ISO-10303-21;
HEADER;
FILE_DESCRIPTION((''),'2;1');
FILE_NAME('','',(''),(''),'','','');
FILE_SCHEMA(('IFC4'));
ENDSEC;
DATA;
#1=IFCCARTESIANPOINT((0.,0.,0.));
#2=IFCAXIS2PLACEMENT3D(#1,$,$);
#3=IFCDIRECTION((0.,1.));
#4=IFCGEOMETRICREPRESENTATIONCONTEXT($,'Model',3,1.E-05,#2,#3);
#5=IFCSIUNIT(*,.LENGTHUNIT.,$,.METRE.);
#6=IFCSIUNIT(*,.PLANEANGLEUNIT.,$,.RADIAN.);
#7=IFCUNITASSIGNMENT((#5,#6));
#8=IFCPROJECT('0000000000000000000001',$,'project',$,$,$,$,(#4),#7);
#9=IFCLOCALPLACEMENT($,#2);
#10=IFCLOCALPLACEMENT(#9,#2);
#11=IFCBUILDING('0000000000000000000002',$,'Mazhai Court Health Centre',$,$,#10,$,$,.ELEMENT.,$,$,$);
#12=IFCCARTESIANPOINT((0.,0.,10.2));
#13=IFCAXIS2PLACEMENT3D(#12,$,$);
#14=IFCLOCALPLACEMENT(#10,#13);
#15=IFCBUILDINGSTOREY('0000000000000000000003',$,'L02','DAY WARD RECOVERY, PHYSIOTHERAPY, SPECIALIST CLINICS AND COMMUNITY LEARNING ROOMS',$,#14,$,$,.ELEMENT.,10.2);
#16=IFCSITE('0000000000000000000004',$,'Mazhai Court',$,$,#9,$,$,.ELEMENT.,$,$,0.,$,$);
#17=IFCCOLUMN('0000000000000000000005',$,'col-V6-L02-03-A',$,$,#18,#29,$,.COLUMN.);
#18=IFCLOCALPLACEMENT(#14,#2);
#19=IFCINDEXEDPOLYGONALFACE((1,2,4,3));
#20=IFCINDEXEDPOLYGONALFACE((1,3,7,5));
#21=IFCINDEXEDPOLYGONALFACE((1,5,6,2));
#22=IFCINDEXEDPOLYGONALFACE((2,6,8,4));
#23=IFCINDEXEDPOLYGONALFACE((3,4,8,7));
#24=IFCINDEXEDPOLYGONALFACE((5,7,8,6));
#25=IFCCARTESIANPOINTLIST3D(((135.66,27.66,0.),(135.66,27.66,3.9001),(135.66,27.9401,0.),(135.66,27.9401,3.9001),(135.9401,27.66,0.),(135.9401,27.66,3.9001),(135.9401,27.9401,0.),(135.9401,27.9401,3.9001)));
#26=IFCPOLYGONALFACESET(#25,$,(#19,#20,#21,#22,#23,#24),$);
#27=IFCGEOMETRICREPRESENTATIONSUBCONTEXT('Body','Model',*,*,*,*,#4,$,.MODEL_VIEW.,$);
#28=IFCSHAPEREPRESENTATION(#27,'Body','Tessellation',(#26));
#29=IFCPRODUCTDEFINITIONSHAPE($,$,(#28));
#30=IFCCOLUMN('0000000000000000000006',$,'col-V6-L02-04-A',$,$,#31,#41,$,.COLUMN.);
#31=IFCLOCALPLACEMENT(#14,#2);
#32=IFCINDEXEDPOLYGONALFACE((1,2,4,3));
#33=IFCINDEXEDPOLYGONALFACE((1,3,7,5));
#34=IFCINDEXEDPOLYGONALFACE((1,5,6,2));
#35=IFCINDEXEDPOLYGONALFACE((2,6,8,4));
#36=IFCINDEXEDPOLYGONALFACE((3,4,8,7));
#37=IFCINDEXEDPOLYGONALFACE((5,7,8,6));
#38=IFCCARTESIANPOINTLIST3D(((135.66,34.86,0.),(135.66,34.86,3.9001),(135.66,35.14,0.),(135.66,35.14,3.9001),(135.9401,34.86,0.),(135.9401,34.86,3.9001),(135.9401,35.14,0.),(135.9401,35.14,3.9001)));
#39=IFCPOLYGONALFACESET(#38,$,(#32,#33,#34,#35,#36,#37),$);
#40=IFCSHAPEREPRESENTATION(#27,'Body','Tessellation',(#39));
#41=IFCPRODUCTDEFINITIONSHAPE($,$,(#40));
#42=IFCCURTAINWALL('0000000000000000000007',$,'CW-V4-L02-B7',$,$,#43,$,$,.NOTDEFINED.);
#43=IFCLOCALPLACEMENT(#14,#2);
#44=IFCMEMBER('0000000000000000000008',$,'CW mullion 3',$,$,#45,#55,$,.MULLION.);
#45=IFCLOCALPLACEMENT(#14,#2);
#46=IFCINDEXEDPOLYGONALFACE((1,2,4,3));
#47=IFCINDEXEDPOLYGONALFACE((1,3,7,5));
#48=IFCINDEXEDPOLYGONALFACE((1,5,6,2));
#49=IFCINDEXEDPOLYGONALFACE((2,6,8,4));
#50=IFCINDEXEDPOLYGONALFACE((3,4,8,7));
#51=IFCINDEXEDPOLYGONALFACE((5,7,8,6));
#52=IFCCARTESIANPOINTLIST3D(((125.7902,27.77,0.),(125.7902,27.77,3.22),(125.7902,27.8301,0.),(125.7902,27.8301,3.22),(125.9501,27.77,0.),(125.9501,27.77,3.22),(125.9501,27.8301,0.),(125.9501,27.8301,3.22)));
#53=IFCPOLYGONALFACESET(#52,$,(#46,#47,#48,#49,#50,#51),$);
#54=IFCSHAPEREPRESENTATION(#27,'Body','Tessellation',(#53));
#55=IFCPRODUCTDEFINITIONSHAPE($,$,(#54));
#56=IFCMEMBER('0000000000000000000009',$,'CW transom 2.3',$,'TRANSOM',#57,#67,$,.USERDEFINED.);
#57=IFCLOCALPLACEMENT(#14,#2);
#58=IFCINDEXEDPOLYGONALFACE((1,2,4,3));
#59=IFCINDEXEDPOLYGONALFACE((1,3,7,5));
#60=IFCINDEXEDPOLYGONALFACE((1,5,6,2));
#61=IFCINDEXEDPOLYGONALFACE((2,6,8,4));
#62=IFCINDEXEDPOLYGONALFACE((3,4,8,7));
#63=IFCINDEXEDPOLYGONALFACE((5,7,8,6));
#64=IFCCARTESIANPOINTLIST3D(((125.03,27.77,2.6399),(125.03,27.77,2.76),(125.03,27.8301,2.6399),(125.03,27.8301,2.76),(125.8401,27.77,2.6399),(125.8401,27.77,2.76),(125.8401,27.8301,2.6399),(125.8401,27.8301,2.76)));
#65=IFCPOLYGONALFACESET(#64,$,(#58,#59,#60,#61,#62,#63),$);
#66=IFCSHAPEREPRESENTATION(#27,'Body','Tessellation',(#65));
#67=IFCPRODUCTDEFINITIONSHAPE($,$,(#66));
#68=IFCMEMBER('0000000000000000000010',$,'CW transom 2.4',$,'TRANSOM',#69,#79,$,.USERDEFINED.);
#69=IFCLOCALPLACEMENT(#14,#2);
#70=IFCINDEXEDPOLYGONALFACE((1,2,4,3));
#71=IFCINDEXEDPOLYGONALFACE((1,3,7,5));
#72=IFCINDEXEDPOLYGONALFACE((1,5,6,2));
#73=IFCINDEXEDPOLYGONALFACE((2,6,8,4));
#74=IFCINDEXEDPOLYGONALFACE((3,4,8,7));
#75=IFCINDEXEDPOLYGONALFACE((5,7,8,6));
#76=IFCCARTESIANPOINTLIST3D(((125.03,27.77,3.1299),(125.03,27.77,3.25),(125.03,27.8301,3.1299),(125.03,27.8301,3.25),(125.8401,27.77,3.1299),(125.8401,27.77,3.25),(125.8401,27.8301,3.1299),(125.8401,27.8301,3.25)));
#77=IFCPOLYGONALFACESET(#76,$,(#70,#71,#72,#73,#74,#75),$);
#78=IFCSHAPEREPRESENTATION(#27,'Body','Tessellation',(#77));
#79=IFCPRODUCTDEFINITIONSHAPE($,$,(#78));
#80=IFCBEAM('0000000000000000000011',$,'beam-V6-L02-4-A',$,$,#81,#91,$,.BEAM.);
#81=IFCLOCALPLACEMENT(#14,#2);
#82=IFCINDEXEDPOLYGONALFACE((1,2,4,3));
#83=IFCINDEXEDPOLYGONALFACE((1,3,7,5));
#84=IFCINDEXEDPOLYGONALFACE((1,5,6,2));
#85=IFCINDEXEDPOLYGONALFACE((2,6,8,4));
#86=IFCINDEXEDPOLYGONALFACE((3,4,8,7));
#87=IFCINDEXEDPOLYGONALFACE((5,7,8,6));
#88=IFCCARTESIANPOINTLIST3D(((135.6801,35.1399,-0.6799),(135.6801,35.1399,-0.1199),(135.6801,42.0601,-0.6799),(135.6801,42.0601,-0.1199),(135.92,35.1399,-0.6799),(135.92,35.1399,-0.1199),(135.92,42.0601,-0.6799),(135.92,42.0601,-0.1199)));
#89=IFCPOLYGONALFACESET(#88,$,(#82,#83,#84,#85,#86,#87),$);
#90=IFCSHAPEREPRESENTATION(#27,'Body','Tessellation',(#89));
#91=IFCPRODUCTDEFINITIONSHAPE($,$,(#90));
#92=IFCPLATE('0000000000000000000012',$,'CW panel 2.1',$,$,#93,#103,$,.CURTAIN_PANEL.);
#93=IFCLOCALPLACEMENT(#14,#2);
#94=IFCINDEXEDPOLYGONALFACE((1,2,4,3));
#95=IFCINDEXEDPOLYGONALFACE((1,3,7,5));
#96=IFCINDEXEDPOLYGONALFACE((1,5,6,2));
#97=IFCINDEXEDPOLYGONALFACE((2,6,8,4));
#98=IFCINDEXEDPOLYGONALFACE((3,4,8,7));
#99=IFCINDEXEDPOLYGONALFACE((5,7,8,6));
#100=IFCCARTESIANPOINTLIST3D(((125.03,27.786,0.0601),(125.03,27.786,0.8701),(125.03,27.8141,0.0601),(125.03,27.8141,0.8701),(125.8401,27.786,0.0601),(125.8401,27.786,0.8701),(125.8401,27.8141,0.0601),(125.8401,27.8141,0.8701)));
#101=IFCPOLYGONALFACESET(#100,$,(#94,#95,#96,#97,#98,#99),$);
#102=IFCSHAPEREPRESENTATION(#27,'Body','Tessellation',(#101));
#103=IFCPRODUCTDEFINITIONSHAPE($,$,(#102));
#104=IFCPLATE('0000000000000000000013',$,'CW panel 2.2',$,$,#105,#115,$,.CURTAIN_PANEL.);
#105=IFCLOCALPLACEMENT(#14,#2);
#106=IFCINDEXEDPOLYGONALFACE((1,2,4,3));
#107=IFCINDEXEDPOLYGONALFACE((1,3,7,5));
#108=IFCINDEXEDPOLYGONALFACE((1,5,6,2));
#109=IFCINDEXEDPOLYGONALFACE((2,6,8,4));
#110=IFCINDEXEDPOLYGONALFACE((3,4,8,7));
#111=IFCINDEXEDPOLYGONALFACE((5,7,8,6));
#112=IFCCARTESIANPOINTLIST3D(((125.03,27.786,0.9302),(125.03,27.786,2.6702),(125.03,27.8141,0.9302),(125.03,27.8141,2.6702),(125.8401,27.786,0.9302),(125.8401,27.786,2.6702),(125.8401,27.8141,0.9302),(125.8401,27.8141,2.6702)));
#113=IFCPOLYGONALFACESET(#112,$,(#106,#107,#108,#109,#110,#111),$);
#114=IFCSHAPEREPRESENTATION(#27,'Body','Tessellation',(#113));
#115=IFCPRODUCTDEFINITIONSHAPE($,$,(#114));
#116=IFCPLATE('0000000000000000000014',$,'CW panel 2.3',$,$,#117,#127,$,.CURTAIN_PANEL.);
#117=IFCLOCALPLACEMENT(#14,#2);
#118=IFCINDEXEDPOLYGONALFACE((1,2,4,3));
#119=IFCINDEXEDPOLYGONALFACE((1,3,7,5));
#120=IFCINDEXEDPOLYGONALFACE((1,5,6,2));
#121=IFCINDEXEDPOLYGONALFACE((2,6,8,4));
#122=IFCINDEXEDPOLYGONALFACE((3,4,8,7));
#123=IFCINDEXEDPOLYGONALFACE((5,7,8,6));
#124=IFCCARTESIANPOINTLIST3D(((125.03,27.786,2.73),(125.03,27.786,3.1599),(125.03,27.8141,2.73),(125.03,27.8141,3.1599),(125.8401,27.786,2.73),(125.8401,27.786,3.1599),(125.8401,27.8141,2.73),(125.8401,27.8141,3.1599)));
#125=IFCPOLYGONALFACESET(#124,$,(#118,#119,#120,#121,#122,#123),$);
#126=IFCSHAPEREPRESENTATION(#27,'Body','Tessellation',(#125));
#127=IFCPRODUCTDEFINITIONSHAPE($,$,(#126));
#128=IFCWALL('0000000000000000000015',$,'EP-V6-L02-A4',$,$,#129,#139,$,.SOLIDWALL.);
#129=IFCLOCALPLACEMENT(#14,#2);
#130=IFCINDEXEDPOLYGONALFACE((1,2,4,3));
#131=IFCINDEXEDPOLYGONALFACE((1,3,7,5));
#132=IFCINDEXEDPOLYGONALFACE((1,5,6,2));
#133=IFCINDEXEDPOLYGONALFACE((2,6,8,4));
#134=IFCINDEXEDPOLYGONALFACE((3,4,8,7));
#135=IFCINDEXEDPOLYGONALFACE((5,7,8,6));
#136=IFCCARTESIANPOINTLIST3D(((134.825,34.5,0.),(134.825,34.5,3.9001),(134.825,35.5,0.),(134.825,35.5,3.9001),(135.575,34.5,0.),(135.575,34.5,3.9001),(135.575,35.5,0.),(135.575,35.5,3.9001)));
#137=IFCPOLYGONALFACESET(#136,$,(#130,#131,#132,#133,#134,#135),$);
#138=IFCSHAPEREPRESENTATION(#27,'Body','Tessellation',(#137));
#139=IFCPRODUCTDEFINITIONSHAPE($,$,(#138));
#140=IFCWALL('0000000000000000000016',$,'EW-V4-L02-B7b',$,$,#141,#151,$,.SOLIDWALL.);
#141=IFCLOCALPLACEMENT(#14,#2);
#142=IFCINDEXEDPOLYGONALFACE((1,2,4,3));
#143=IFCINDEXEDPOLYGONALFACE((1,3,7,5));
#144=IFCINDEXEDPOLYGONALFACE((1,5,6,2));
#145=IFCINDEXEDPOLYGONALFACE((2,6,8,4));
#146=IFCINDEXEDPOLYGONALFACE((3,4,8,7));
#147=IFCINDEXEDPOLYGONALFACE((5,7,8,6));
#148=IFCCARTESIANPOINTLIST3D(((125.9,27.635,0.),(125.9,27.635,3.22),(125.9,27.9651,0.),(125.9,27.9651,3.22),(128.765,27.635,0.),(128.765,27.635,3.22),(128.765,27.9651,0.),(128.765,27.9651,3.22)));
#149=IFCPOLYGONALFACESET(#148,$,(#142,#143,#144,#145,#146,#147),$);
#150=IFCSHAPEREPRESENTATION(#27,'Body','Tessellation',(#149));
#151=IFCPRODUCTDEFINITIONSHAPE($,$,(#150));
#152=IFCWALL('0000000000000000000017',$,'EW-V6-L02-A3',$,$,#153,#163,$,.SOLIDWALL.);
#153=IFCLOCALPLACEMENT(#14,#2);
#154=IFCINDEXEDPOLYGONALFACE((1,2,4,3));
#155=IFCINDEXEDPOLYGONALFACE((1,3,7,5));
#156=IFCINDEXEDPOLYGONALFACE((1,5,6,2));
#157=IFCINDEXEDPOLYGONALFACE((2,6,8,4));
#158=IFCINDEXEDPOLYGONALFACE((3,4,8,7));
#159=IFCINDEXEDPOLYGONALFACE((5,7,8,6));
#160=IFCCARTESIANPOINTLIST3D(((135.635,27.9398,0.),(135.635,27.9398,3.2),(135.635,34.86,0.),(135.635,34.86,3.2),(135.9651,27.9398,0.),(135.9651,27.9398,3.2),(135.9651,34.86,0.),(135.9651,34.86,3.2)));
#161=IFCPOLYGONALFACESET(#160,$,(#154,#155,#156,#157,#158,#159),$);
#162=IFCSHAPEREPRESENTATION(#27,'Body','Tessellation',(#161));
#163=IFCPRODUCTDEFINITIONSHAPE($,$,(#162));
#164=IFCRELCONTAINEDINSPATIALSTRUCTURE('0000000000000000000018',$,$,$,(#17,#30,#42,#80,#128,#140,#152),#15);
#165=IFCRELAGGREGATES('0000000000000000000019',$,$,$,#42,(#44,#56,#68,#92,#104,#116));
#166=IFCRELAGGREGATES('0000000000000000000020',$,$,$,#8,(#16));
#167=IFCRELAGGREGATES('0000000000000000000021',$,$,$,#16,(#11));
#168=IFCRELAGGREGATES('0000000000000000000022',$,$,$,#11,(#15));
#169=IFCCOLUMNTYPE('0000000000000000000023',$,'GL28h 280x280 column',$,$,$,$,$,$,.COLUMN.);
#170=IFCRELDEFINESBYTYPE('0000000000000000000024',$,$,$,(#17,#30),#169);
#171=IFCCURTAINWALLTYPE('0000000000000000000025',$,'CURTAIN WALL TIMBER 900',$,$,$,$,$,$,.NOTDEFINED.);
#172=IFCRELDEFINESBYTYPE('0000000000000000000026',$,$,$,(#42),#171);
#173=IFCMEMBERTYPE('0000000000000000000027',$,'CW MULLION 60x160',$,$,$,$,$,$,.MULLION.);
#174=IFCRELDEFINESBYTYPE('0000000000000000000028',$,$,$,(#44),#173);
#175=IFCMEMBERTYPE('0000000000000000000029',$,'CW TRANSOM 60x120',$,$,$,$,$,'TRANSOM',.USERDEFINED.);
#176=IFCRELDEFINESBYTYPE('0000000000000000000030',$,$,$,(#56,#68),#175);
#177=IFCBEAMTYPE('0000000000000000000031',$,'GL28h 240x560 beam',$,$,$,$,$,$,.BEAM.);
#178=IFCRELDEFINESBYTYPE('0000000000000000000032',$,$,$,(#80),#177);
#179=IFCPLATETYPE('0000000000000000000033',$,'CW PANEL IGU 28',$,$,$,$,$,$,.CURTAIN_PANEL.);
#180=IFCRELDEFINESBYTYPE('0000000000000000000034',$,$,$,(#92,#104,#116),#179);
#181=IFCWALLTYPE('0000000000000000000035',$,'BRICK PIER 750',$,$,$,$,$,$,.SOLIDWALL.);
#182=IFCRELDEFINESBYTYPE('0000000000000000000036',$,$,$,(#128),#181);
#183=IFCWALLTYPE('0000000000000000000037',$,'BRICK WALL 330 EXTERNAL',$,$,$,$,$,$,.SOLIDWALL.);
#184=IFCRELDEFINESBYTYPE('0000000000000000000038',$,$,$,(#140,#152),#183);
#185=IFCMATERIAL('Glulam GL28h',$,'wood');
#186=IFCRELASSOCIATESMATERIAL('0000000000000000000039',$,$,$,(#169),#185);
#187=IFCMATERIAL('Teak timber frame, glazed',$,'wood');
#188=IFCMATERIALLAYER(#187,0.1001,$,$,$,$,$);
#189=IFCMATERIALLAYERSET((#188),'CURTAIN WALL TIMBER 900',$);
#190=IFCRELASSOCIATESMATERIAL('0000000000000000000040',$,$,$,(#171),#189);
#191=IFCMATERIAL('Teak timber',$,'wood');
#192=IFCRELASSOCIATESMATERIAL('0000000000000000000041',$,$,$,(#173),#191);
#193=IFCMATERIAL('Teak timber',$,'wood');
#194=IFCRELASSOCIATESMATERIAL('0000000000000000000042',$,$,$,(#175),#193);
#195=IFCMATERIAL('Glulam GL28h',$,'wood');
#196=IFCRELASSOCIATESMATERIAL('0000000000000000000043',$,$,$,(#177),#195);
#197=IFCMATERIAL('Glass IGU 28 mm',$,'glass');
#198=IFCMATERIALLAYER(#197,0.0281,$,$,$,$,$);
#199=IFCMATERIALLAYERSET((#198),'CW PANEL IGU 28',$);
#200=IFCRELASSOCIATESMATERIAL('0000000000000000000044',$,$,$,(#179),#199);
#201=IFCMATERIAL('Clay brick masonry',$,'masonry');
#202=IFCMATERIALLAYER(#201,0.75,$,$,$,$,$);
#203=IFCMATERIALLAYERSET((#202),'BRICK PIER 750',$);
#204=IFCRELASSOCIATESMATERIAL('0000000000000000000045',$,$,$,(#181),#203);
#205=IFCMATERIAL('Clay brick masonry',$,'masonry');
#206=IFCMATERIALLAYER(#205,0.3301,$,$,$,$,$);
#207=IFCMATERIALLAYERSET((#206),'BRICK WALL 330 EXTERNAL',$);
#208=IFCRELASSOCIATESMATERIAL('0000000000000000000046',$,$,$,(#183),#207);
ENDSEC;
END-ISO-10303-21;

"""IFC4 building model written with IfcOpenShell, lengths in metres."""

from ifc_helpers import new_model, si_unit, direction, frame, frame_2d, origin, origin_2d, place, context, subcontext, project, spatial, rectangle, extrude, material, layer, layer_set, material_profile, profile_set, type_object, element, aggregate, save


model = new_model("IFC4")

# Units and contexts
model_context = context("Model", 3, precision=1e-05, world=origin(), true_north=direction((0.0, 1.0)))
body_context = subcontext(model_context, "Body", "Model", "MODEL_VIEW")
ifc_project = project(units=[si_unit("LENGTHUNIT", "METRE"), si_unit("PLANEANGLEUNIT", "RADIAN")], contexts=[model_context])

# Site, building, storey
site_placement = place(None, origin())
site = spatial("IfcSite", under=ifc_project, at=site_placement, Name="Mazhai Court", CompositionType="ELEMENT", RefElevation=0.0)
building_placement = place(site_placement, origin())
building = spatial("IfcBuilding", under=site, at=building_placement, Name="Mazhai Court Health Centre", CompositionType="ELEMENT")
storey_placement = place(building_placement, frame((0.0, 0.0, 10.2)))
storey = spatial("IfcBuildingStorey", under=building, at=storey_placement, Name="L02", Description="DAY WARD RECOVERY, PHYSIOTHERAPY, SPECIALIST CLINICS AND COMMUNITY LEARNING ROOMS", CompositionType="ELEMENT", Elevation=10.2)

# Columns
ifc_material_1 = material(Name="Glulam GL28h", Category="wood")
ifc_material_profile_1 = material_profile(ifc_material_1, rectangle(XDim=0.28, YDim=0.28, at=origin_2d()), Name="GL28h 280x280")
ifc_profile_set_1 = profile_set([ifc_material_profile_1], Name="Glulam GL28h")
column_type = type_object("IfcColumnType", Name="GL28h 280x280 column", PredefinedType="COLUMN", material=ifc_profile_set_1)
for number, where, z_axis, x_axis, name in (
    (1, (135.8, 27.8, 0.0), (0.0, 0.0, 1.0), (1.0, 0.0, 0.0), "col-V6-L02-03-A"),
    (2, (135.8, 35.0, 0.0), (0.0, 0.0, 1.0), (1.0, 0.0, 0.0), "col-V6-L02-04-A"),
):
    element("IfcColumn", number, at=place(storey_placement, frame(where, z_axis=z_axis, x_axis=x_axis)), inside=storey, type_object=column_type, Name=name, PredefinedType="COLUMN", context=body_context, shape_type="SweptSolid", body=[
        extrude(rectangle(XDim=0.28, YDim=0.28, at=origin_2d()), origin(), (0.0, 0.0, 1.0), 3.9001),
    ])

# Curtain wall, members
ifc_material_2 = material(Name="Teak timber frame, glazed", Category="wood")
ifc_layer_1 = layer(ifc_material_2, 0.1001)
ifc_layer_set_1 = layer_set([ifc_layer_1], Name="CURTAIN WALL TIMBER 900")
curtain_wall_type = type_object("IfcCurtainWallType", Name="CURTAIN WALL TIMBER 900", PredefinedType="NOTDEFINED", material=ifc_layer_set_1)
curtain_wall_placement = place(storey_placement, origin())
curtain_wall = element("IfcCurtainWall", 3, at=curtain_wall_placement, inside=storey, type_object=curtain_wall_type, Name="CW-V4-L02-B7", PredefinedType="NOTDEFINED")
ifc_material_3 = material(Name="Teak timber", Category="wood")
ifc_material_profile_2 = material_profile(ifc_material_3, rectangle(XDim=0.0601, YDim=0.1599, at=origin_2d()), Name="CW MULLION 60x160")
ifc_profile_set_2 = profile_set([ifc_material_profile_2], Name="Teak timber")
member_type_1 = type_object("IfcMemberType", Name="CW MULLION 60x160", PredefinedType="MULLION", material=ifc_profile_set_2)
member_1_placement = place(storey_placement, frame((125.8701, 27.8, 0.0), z_axis=(0.0, 0.0, 1.0), x_axis=(0.0, 1.0, 0.0)))
member_1 = element("IfcMember", 4, at=member_1_placement, type_object=member_type_1, Name="CW mullion 3", PredefinedType="MULLION", context=body_context, shape_type="SweptSolid", body=[
    extrude(rectangle(XDim=0.0601, YDim=0.1599, at=origin_2d()), origin(), (0.0, 0.0, 1.0), 3.22),
])
ifc_material_4 = material(Name="Teak timber", Category="wood")
ifc_material_profile_3 = material_profile(ifc_material_4, rectangle(XDim=0.0601, YDim=0.1201, at=origin_2d()), Name="CW TRANSOM 60x120")
ifc_profile_set_3 = profile_set([ifc_material_profile_3], Name="Teak timber")
member_type_2 = type_object("IfcMemberType", Name="CW TRANSOM 60x120", ElementType="TRANSOM", PredefinedType="USERDEFINED", material=ifc_profile_set_3)
member_2_placement = place(storey_placement, frame((125.03, 27.8, 2.7), z_axis=(1.0, 0.0, 0.0), x_axis=(0.0, 1.0, 0.0)))
member_2 = element("IfcMember", 5, at=member_2_placement, type_object=member_type_2, Name="CW transom 2.3", ObjectType="TRANSOM", PredefinedType="USERDEFINED", context=body_context, shape_type="SweptSolid", body=[
    extrude(rectangle(XDim=0.0601, YDim=0.1201, at=origin_2d()), origin(), (0.0, 0.0, 1.0), 0.8101),
])
member_3_placement = place(storey_placement, frame((125.03, 27.8, 3.1899), z_axis=(1.0, 0.0, 0.0), x_axis=(0.0, 1.0, 0.0)))
member_3 = element("IfcMember", 6, at=member_3_placement, type_object=member_type_2, Name="CW transom 2.4", ObjectType="TRANSOM", PredefinedType="USERDEFINED", context=body_context, shape_type="SweptSolid", body=[
    extrude(rectangle(XDim=0.0601, YDim=0.1201, at=origin_2d()), origin(), (0.0, 0.0, 1.0), 0.8101),
])

# Beam
ifc_material_5 = material(Name="Glulam GL28h", Category="wood")
ifc_material_profile_4 = material_profile(ifc_material_5, rectangle(XDim=0.24, YDim=0.5601, at=origin_2d()), Name="GL28h 240x560")
ifc_profile_set_4 = profile_set([ifc_material_profile_4], Name="Glulam GL28h")
beam_type = type_object("IfcBeamType", Name="GL28h 240x560 beam", PredefinedType="BEAM", material=ifc_profile_set_4)
beam_placement = place(storey_placement, frame((135.8, 35.1399, -0.3999), z_axis=(0.0, 1.0, 0.0), x_axis=(-1.0, 0.0, 0.0)))
element("IfcBeam", 7, at=beam_placement, inside=storey, type_object=beam_type, Name="beam-V6-L02-4-A", PredefinedType="BEAM", context=body_context, shape_type="SweptSolid", body=[
    extrude(rectangle(XDim=0.24, YDim=0.5601, at=origin_2d()), origin(), (0.0, 0.0, 1.0), 6.9202),
])

# Plates
ifc_material_6 = material(Name="Glass IGU 28 mm", Category="glass")
ifc_layer_2 = layer(ifc_material_6, 0.0281)
ifc_layer_set_2 = layer_set([ifc_layer_2], Name="CW PANEL IGU 28")
plate_type = type_object("IfcPlateType", Name="CW PANEL IGU 28", PredefinedType="CURTAIN_PANEL", material=ifc_layer_set_2)
plate_1_placement = place(storey_placement, frame((125.4351, 27.8, 0.0601), z_axis=(0.0, 0.0, 1.0), x_axis=(1.0, 0.0, 0.0)))
plate_1 = element("IfcPlate", 8, at=plate_1_placement, type_object=plate_type, Name="CW panel 2.1", PredefinedType="CURTAIN_PANEL", context=body_context, shape_type="SweptSolid", body=[
    extrude(rectangle(XDim=0.8101, YDim=0.0281, at=origin_2d()), origin(), (0.0, 0.0, 1.0), 0.8101),
])
plate_2_placement = place(storey_placement, frame((125.4351, 27.8, 0.9302), z_axis=(0.0, 0.0, 1.0), x_axis=(1.0, 0.0, 0.0)))
plate_2 = element("IfcPlate", 9, at=plate_2_placement, type_object=plate_type, Name="CW panel 2.2", PredefinedType="CURTAIN_PANEL", context=body_context, shape_type="SweptSolid", body=[
    extrude(rectangle(XDim=0.8101, YDim=0.0281, at=origin_2d()), origin(), (0.0, 0.0, 1.0), 1.74),
])
plate_3_placement = place(storey_placement, frame((125.4351, 27.8, 2.73), z_axis=(0.0, 0.0, 1.0), x_axis=(1.0, 0.0, 0.0)))
plate_3 = element("IfcPlate", 10, at=plate_3_placement, type_object=plate_type, Name="CW panel 2.3", PredefinedType="CURTAIN_PANEL", context=body_context, shape_type="SweptSolid", body=[
    extrude(rectangle(XDim=0.8101, YDim=0.0281, at=origin_2d()), origin(), (0.0, 0.0, 1.0), 0.4299),
])
aggregate(curtain_wall, [member_1, member_2, member_3, plate_1, plate_2, plate_3])

# Walls
ifc_material_7 = material(Name="Clay brick masonry", Category="masonry")
ifc_layer_3 = layer(ifc_material_7, 0.75)
ifc_layer_set_3 = layer_set([ifc_layer_3], Name="BRICK PIER 750")
wall_type_1 = type_object("IfcWallType", Name="BRICK PIER 750", PredefinedType="SOLIDWALL", material=ifc_layer_set_3)
wall_1_placement = place(storey_placement, frame((135.2, 34.5, 0.0), z_axis=(0.0, 0.0, 1.0), x_axis=(0.0, 1.0, 0.0)))
element("IfcWall", 11, at=wall_1_placement, inside=storey, type_object=wall_type_1, Name="EP-V6-L02-A4", PredefinedType="SOLIDWALL", context=body_context, shape_type="SweptSolid", body=[
    extrude(rectangle(XDim=1.0, YDim=0.75, at=frame_2d((0.5, 0.0))), origin(), (0.0, 0.0, 1.0), 3.9001),
])
ifc_material_8 = material(Name="Clay brick masonry", Category="masonry")
ifc_layer_4 = layer(ifc_material_8, 0.3301)
ifc_layer_set_4 = layer_set([ifc_layer_4], Name="BRICK WALL 330 EXTERNAL")
wall_type_2 = type_object("IfcWallType", Name="BRICK WALL 330 EXTERNAL", PredefinedType="SOLIDWALL", material=ifc_layer_set_4)
wall_2_placement = place(storey_placement, frame((125.8999, 27.8, 0.0), z_axis=(0.0, 0.0, 1.0), x_axis=(1.0, 0.0, 0.0)))
element("IfcWall", 12, at=wall_2_placement, inside=storey, type_object=wall_type_2, Name="EW-V4-L02-B7b", PredefinedType="SOLIDWALL", context=body_context, shape_type="SweptSolid", body=[
    extrude(rectangle(XDim=2.865, YDim=0.3301, at=frame_2d((1.4326, 0.0))), origin(), (0.0, 0.0, 1.0), 3.22),
])
wall_3_placement = place(storey_placement, frame((135.8, 27.9399, 0.0), z_axis=(0.0, 0.0, 1.0), x_axis=(0.0, 1.0, 0.0)))
element("IfcWall", 13, at=wall_3_placement, inside=storey, type_object=wall_type_2, Name="EW-V6-L02-A3", PredefinedType="SOLIDWALL", context=body_context, shape_type="SweptSolid", body=[
    extrude(rectangle(XDim=6.9202, YDim=0.3301, at=frame_2d((3.46, 0.0))), origin(), (0.0, 0.0, 1.0), 3.2),
])

save(model, "model.ifc")
